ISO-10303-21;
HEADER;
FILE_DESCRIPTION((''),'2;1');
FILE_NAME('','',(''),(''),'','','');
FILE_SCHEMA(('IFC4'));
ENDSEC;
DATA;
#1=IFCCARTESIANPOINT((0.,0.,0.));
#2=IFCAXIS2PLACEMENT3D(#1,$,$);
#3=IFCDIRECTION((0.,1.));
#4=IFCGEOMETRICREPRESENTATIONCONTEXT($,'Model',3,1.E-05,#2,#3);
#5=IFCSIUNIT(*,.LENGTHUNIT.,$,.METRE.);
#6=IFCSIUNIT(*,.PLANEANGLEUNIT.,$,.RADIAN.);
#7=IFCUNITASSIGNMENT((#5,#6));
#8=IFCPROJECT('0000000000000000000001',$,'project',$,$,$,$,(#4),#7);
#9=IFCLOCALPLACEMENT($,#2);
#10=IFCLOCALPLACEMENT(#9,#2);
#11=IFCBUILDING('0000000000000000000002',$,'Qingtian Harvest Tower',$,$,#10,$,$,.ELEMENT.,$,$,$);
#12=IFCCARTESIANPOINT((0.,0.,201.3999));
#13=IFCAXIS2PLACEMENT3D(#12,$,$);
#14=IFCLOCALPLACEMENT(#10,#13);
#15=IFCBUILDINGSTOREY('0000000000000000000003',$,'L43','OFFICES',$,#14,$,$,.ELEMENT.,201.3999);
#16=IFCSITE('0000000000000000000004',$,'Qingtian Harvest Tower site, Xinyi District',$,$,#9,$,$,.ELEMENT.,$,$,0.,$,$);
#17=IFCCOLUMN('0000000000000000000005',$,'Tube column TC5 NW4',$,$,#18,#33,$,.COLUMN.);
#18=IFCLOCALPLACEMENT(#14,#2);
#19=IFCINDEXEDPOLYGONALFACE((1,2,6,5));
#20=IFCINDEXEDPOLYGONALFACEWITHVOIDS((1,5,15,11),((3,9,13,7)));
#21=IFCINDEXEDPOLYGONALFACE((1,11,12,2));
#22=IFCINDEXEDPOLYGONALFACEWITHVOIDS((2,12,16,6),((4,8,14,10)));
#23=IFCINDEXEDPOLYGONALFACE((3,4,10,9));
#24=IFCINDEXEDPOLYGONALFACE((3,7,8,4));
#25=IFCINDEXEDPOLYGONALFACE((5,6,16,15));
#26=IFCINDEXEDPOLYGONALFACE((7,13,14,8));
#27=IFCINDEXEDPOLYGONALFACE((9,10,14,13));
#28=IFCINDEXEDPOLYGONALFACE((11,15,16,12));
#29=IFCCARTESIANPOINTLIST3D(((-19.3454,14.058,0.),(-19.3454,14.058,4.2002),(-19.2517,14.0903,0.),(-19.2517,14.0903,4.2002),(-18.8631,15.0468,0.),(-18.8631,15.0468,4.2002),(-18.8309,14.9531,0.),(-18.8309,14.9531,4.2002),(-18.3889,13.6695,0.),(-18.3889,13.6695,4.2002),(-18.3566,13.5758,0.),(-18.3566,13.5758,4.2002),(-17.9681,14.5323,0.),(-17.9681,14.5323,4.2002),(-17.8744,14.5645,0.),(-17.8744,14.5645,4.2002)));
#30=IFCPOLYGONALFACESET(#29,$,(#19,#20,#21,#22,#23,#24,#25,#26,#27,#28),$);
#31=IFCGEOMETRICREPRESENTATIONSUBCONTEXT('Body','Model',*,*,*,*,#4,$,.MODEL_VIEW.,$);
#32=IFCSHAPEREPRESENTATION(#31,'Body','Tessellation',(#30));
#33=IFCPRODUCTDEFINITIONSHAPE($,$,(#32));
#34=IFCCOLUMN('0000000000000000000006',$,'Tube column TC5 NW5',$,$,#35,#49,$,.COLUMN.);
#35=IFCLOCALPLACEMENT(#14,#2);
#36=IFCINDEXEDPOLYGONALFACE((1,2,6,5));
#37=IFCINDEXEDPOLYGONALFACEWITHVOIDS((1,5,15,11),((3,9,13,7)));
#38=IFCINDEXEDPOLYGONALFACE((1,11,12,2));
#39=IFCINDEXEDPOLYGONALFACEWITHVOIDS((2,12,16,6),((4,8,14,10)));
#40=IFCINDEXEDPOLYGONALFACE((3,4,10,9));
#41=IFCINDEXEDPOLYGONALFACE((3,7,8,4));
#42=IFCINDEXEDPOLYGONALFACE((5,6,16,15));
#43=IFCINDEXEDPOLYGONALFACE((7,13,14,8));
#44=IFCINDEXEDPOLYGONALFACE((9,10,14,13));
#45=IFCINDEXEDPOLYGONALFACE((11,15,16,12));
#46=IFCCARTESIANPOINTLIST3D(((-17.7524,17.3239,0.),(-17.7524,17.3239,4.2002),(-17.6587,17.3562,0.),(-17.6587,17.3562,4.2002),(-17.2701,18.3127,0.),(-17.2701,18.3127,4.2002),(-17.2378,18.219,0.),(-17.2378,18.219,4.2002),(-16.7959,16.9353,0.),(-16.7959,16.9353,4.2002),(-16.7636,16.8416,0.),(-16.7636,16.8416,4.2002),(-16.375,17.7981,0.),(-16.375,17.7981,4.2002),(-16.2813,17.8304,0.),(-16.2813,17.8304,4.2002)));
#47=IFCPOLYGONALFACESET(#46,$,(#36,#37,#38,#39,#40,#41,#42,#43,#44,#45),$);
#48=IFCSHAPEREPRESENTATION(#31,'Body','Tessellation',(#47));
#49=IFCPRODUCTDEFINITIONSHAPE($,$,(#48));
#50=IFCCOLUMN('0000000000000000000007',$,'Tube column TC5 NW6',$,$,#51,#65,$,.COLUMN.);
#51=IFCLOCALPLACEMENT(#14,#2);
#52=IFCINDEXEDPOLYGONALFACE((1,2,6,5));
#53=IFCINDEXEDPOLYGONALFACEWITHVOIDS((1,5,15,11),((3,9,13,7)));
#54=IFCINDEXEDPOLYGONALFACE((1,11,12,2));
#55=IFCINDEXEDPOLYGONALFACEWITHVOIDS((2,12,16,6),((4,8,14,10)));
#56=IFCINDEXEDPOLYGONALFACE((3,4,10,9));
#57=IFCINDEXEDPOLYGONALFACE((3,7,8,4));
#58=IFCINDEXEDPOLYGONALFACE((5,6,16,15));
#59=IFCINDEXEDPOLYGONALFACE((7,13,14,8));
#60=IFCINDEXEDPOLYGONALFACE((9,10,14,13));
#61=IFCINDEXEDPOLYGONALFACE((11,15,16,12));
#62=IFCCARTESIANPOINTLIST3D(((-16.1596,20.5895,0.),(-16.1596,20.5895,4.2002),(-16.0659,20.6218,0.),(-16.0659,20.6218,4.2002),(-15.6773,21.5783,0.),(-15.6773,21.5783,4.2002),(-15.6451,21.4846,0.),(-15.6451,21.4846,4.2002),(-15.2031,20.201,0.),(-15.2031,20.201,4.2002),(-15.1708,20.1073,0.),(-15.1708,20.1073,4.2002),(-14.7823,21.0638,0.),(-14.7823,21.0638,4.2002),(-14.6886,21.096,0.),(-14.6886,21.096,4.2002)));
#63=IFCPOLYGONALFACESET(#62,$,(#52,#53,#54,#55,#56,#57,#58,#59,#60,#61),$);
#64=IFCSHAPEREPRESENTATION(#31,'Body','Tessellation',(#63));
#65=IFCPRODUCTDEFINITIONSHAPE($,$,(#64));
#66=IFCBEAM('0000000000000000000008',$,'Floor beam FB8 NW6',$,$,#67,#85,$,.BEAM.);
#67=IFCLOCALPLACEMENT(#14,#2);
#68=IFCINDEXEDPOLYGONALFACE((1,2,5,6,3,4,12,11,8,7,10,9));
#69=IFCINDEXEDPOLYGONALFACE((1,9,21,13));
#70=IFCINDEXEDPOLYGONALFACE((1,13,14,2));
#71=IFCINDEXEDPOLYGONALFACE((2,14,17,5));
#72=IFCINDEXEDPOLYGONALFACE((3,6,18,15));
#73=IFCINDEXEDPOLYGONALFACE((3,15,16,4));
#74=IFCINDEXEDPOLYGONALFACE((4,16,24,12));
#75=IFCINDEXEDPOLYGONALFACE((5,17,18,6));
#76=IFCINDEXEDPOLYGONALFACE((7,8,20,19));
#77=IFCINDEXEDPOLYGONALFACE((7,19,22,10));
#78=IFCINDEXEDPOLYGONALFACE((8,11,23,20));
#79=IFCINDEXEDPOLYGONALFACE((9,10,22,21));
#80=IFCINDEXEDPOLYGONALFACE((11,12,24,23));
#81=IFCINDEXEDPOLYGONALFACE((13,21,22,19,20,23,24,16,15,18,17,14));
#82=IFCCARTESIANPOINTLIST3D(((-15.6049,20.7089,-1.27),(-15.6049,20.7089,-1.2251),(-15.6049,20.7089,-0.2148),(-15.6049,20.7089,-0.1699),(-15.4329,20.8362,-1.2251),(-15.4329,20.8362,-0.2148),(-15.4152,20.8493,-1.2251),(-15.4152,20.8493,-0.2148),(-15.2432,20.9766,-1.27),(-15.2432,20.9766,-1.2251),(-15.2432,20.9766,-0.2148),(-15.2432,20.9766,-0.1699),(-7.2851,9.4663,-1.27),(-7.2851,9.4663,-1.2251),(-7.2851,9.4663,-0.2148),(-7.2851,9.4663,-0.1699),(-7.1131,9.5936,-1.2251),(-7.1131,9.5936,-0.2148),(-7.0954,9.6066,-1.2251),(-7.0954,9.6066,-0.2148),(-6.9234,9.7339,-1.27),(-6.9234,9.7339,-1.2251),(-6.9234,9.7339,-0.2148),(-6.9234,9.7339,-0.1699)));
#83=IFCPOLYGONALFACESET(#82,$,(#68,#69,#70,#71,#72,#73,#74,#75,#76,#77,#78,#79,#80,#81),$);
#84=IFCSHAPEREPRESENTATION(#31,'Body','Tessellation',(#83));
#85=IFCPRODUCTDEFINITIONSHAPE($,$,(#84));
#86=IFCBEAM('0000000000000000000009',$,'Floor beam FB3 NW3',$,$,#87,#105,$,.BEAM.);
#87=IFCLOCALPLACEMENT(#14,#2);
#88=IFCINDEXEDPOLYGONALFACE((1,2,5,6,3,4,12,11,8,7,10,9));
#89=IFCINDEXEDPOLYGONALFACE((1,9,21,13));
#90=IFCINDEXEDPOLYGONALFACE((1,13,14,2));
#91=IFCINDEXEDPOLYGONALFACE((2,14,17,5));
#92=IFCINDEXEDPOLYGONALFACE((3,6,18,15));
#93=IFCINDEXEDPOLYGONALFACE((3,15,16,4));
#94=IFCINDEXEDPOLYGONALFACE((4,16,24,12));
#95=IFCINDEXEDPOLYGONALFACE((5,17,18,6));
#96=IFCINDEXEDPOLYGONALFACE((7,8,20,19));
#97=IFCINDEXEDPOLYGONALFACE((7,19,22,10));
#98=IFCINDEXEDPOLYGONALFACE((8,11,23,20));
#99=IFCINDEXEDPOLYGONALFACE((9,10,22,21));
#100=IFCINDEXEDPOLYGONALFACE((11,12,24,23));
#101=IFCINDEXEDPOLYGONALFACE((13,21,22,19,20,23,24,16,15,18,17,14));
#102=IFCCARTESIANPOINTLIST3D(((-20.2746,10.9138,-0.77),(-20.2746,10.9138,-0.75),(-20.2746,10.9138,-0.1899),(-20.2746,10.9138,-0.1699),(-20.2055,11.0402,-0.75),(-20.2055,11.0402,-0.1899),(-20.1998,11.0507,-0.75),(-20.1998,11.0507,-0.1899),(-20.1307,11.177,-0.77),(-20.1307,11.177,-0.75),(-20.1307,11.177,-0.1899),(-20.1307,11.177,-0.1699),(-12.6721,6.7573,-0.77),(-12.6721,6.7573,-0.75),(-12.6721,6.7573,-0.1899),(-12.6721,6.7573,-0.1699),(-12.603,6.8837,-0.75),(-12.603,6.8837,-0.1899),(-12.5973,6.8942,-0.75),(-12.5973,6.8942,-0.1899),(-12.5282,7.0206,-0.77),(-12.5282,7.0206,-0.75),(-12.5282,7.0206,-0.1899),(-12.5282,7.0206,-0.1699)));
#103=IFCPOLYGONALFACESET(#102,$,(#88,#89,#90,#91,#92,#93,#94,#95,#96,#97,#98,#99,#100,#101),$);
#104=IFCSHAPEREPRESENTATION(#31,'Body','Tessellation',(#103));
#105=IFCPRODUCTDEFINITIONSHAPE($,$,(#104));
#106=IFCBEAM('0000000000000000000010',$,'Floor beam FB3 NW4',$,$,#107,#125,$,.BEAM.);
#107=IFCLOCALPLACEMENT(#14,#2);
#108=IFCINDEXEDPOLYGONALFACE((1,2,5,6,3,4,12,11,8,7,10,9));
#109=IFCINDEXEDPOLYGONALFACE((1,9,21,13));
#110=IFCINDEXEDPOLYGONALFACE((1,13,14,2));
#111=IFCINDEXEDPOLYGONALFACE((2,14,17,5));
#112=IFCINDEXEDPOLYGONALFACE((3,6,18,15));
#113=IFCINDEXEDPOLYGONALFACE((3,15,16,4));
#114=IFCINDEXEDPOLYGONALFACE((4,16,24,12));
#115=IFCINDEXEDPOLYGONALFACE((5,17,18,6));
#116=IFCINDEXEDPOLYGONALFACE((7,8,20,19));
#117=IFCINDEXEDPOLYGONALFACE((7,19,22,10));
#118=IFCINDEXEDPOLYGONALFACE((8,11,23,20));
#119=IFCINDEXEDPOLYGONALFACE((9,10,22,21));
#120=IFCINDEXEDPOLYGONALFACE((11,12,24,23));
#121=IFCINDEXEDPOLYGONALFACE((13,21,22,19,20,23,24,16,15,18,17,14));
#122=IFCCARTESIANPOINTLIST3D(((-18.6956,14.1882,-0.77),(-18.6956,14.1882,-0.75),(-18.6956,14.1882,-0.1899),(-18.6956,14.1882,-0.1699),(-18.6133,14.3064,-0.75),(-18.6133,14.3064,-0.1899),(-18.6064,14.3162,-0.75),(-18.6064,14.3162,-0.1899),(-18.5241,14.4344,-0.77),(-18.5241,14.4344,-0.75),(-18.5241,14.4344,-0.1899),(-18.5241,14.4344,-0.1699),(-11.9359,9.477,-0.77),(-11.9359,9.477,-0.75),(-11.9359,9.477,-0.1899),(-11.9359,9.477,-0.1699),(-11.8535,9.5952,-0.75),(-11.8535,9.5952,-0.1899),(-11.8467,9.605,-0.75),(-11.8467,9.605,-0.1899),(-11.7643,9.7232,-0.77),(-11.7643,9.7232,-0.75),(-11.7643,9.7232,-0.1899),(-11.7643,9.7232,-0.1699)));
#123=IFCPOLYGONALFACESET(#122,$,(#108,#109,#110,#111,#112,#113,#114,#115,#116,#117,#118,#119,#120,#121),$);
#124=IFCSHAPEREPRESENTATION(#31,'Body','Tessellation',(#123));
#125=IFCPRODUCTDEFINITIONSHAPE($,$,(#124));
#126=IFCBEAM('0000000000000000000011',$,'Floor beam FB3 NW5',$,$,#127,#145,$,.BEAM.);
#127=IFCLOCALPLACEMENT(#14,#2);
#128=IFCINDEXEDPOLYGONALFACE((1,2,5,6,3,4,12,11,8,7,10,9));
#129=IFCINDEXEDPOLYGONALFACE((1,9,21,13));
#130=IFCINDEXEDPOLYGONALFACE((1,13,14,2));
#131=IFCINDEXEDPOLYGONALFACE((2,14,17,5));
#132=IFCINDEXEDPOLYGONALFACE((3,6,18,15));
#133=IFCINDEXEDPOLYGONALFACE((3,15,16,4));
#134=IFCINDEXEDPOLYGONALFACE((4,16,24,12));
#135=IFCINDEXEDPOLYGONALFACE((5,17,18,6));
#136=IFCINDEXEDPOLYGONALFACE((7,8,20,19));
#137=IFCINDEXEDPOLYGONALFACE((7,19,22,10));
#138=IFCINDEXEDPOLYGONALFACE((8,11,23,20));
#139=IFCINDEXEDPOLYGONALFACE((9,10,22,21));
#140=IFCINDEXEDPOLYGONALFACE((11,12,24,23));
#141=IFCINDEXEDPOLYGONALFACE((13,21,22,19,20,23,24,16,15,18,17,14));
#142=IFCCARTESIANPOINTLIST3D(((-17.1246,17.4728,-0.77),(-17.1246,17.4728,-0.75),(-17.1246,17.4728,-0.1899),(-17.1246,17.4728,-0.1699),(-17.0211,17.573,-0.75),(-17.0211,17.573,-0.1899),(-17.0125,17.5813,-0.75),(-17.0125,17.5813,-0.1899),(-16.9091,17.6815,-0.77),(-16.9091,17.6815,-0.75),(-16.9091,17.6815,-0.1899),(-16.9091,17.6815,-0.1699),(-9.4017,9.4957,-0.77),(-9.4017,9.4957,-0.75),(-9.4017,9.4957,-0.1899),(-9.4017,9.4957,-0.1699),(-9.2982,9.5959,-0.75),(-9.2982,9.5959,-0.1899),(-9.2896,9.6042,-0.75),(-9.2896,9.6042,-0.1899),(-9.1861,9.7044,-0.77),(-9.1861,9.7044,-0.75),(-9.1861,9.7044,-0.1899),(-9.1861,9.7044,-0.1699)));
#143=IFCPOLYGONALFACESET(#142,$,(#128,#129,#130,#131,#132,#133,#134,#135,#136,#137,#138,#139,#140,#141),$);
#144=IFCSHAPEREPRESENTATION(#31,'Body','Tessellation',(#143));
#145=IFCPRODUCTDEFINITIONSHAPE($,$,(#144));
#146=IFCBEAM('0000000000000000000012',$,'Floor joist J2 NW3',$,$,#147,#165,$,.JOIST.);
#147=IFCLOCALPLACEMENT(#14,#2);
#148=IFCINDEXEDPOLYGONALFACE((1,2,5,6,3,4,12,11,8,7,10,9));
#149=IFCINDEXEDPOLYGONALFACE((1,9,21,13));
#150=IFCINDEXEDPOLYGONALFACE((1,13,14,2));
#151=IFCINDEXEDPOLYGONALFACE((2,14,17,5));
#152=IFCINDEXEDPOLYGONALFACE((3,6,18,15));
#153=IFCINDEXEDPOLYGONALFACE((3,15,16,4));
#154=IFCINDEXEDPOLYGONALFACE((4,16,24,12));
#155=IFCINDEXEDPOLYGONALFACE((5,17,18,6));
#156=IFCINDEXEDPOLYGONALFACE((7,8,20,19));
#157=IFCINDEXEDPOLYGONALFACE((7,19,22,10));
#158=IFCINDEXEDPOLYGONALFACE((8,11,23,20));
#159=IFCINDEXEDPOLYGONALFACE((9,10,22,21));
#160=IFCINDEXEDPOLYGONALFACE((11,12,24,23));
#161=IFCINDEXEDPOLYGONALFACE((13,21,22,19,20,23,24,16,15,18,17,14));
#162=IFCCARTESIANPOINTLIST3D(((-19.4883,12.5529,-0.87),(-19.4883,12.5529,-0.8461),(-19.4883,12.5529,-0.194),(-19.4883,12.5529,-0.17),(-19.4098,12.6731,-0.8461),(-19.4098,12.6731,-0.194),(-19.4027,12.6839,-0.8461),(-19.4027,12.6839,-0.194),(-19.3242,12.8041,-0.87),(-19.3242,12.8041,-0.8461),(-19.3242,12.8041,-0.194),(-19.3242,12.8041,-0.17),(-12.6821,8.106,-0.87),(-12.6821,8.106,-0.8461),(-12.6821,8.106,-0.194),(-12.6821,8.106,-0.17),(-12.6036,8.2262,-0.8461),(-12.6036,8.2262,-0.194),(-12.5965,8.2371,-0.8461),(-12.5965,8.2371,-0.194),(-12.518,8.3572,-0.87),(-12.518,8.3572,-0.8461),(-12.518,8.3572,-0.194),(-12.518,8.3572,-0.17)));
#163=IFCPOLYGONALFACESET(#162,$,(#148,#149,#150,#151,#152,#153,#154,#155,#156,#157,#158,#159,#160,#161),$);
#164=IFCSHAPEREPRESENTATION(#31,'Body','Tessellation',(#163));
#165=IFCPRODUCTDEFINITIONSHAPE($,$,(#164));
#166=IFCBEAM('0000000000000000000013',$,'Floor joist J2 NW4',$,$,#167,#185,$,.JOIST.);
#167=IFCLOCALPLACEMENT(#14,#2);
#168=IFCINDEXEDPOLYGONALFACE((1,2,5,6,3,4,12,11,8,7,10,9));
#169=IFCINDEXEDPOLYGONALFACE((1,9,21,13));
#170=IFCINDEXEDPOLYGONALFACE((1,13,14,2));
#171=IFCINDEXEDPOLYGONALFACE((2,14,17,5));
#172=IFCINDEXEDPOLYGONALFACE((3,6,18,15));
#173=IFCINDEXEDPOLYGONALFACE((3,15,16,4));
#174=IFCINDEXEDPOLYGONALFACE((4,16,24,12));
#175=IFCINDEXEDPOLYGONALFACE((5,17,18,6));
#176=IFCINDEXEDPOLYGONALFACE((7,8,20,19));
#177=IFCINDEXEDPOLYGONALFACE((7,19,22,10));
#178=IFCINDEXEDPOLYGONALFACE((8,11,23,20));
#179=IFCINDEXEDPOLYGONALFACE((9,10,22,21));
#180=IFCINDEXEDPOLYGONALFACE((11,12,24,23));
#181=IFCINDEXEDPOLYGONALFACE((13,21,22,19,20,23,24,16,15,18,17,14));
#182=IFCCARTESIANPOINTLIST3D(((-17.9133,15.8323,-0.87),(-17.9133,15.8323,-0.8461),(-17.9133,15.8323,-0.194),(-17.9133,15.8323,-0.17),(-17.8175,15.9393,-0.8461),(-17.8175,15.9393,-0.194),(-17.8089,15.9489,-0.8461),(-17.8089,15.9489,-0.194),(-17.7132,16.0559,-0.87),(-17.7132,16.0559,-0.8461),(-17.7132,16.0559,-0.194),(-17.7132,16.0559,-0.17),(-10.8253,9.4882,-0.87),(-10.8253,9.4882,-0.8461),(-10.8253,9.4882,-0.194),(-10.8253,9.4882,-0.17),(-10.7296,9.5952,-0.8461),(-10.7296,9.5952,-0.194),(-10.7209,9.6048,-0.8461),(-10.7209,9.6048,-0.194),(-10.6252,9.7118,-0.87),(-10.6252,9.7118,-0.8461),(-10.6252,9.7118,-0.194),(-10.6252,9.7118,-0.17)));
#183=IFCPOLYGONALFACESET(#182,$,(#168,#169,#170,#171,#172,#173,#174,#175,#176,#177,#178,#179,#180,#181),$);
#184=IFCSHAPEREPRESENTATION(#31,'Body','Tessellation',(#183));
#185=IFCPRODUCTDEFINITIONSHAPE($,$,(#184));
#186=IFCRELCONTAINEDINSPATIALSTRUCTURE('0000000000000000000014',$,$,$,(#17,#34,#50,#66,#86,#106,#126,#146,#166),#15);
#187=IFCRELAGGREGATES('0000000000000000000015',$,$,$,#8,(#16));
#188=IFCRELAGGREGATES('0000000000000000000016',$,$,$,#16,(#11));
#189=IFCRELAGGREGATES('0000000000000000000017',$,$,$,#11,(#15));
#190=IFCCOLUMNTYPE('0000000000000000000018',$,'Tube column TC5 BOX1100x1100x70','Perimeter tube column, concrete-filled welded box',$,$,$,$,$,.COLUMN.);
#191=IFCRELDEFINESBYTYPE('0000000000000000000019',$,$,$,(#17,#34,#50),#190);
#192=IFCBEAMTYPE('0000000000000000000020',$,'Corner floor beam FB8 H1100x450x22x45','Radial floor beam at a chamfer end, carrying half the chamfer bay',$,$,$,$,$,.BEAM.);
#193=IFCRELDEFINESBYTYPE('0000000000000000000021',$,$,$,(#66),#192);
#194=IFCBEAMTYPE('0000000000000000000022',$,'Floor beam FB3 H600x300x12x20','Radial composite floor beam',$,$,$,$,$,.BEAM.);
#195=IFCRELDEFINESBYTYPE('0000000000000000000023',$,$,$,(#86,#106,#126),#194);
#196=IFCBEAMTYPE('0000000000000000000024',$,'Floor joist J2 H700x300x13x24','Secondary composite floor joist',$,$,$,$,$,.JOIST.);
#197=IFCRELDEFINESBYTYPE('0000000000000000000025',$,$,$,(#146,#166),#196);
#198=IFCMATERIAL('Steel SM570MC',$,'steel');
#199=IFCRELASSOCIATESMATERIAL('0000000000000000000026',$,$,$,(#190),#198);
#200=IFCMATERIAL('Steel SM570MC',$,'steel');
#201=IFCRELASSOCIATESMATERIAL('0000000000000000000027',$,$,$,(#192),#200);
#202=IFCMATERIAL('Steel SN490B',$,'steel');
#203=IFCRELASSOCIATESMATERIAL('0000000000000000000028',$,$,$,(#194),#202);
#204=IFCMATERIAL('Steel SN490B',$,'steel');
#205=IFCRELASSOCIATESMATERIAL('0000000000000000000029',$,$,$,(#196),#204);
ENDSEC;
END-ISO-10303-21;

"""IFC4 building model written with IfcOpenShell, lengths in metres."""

from ifc_helpers import new_model, si_unit, direction, frame, origin, origin_2d, place, context, subcontext, project, spatial, hollow_rectangle, i_section, extrude, material, material_profile, profile_set, type_object, element, save


model = new_model("IFC4")

# Units and contexts
model_context = context("Model", 3, precision=1e-05, world=origin(), true_north=direction((0.0, 1.0)))
body_context = subcontext(model_context, "Body", "Model", "MODEL_VIEW")
ifc_project = project(units=[si_unit("LENGTHUNIT", "METRE"), si_unit("PLANEANGLEUNIT", "RADIAN")], contexts=[model_context])

# Site, building, storey
site_placement = place(None, origin())
site = spatial("IfcSite", under=ifc_project, at=site_placement, Name="Qingtian Harvest Tower site, Xinyi District", CompositionType="ELEMENT", RefElevation=0.0)
building_placement = place(site_placement, origin())
building = spatial("IfcBuilding", under=site, at=building_placement, Name="Qingtian Harvest Tower", CompositionType="ELEMENT")
storey_placement = place(building_placement, frame((0.0, 0.0, 201.3999)))
storey = spatial("IfcBuildingStorey", under=building, at=storey_placement, Name="L43", Description="OFFICES", CompositionType="ELEMENT", Elevation=201.3999)

# Columns
ifc_material_1 = material(Name="Steel SM570MC", Category="steel")
ifc_material_profile_1 = material_profile(ifc_material_1, hollow_rectangle(XDim=1.1001, YDim=1.1001, WallThickness=0.0701, at=origin_2d()), Name="BOX1100x1100x70")
ifc_profile_set_1 = profile_set([ifc_material_profile_1], Name="Steel SM570MC")
column_type = type_object("IfcColumnType", Name="Tube column TC5 BOX1100x1100x70", Description="Perimeter tube column, concrete-filled welded box", PredefinedType="COLUMN", material=ifc_profile_set_1)
for number, where, z_axis, x_axis, name in (
    (1, (-18.6099, 14.3113, 0.0), (0.0, 0.0, 1.0), (-0.438371, -0.898794, 0.0), "Tube column TC5 NW4"),
    (2, (-17.0168, 17.5771, 0.0), (0.0, 0.0, 1.0), (-0.438371, -0.898794, 0.0), "Tube column TC5 NW5"),
    (3, (-15.4241, 20.8428, 0.0), (0.0, 0.0, 1.0), (-0.438371, -0.898794, 0.0), "Tube column TC5 NW6"),
):
    element("IfcColumn", number, at=place(storey_placement, frame(where, z_axis=z_axis, x_axis=x_axis)), inside=storey, type_object=column_type, Name=name, PredefinedType="COLUMN", context=body_context, shape_type="SweptSolid", body=[
        extrude(hollow_rectangle(XDim=1.1001, YDim=1.1001, WallThickness=0.0701, at=origin_2d()), origin(), (0.0, 0.0, 1.0), 4.2002),
    ])

# Beams
ifc_material_2 = material(Name="Steel SM570MC", Category="steel")
ifc_material_profile_2 = material_profile(ifc_material_2, i_section(OverallWidth=0.45, OverallDepth=1.1001, WebThickness=0.022, FlangeThickness=0.0449, at=origin_2d()), Name="H1100x450x22x45")
ifc_profile_set_2 = profile_set([ifc_material_profile_2], Name="Steel SM570MC")
beam_type_1 = type_object("IfcBeamType", Name="Corner floor beam FB8 H1100x450x22x45", Description="Radial floor beam at a chamfer end, carrying half the chamfer bay", PredefinedType="BEAM", material=ifc_profile_set_2)
beam_1_placement = place(storey_placement, frame((-15.4241, 20.8428, -0.72), z_axis=(0.594854, -0.803834, 0.0), x_axis=(0.803834, 0.594854, 0.0)))
element("IfcBeam", 4, at=beam_1_placement, inside=storey, type_object=beam_type_1, Name="Floor beam FB8 NW6", PredefinedType="BEAM", context=body_context, shape_type="SweptSolid", body=[
    extrude(i_section(OverallWidth=0.45, OverallDepth=1.1001, WebThickness=0.022, FlangeThickness=0.0449, at=origin_2d()), origin(), (0.0, 0.0, 1.0), 13.9863),
])
ifc_material_3 = material(Name="Steel SN490B", Category="steel")
ifc_material_profile_3 = material_profile(ifc_material_3, i_section(OverallWidth=0.3, OverallDepth=0.6001, WebThickness=0.012, FlangeThickness=0.02, at=origin_2d()), Name="H600x300x12x20")
ifc_profile_set_3 = profile_set([ifc_material_profile_3], Name="Steel SN490B")
beam_type_2 = type_object("IfcBeamType", Name="Floor beam FB3 H600x300x12x20", Description="Radial composite floor beam", PredefinedType="BEAM", material=ifc_profile_set_3)
beam_2_placement = place(storey_placement, frame((-20.2026, 11.0454, -0.47), z_axis=(0.877427, -0.479711, 0.0), x_axis=(0.479711, 0.877427, 0.0)))
element("IfcBeam", 5, at=beam_2_placement, inside=storey, type_object=beam_type_2, Name="Floor beam FB3 NW3", PredefinedType="BEAM", context=body_context, shape_type="SweptSolid", body=[
    extrude(i_section(OverallWidth=0.3, OverallDepth=0.6001, WebThickness=0.012, FlangeThickness=0.02, at=origin_2d()), origin(), (0.0, 0.0, 1.0), 8.6646),
])
beam_3_placement = place(storey_placement, frame((-18.6099, 14.3113, -0.47), z_axis=(0.820408, -0.571779, 0.0), x_axis=(0.571779, 0.820408, 0.0)))
element("IfcBeam", 6, at=beam_3_placement, inside=storey, type_object=beam_type_2, Name="Floor beam FB3 NW4", PredefinedType="BEAM", context=body_context, shape_type="SweptSolid", body=[
    extrude(i_section(OverallWidth=0.3, OverallDepth=0.6001, WebThickness=0.012, FlangeThickness=0.02, at=origin_2d()), origin(), (0.0, 0.0, 1.0), 8.2395),
])
beam_4_placement = place(storey_placement, frame((-17.0168, 17.5771, -0.47), z_axis=(0.695569, -0.718459, 0.0), x_axis=(0.718459, 0.695569, 0.0)))
element("IfcBeam", 7, at=beam_4_placement, inside=storey, type_object=beam_type_2, Name="Floor beam FB3 NW5", PredefinedType="BEAM", context=body_context, shape_type="SweptSolid", body=[
    extrude(i_section(OverallWidth=0.3, OverallDepth=0.6001, WebThickness=0.012, FlangeThickness=0.02, at=origin_2d()), origin(), (0.0, 0.0, 1.0), 11.103),
])
ifc_material_4 = material(Name="Steel SN490B", Category="steel")
ifc_material_profile_4 = material_profile(ifc_material_4, i_section(OverallWidth=0.3, OverallDepth=0.7, WebThickness=0.0129, FlangeThickness=0.0239, at=origin_2d()), Name="H700x300x13x24")
ifc_profile_set_4 = profile_set([ifc_material_profile_4], Name="Steel SN490B")
beam_type_3 = type_object("IfcBeamType", Name="Floor joist J2 H700x300x13x24", Description="Secondary composite floor joist", PredefinedType="JOIST", material=ifc_profile_set_4)
beam_5_placement = place(storey_placement, frame((-19.4062, 12.6785, -0.52), z_axis=(0.837161, -0.546956, 0.0), x_axis=(0.546956, 0.837161, 0.0)))
element("IfcBeam", 8, at=beam_5_placement, inside=storey, type_object=beam_type_3, Name="Floor joist J2 NW3", PredefinedType="JOIST", context=body_context, shape_type="SweptSolid", body=[
    extrude(i_section(OverallWidth=0.3, OverallDepth=0.7, WebThickness=0.0129, FlangeThickness=0.0239, at=origin_2d()), origin(), (0.0, 0.0, 1.0), 8.1301),
])
beam_6_placement = place(storey_placement, frame((-17.8132, 15.9441, -0.52), z_axis=(0.745127, -0.666923, 0.0), x_axis=(0.666923, 0.745127, 0.0)))
element("IfcBeam", 9, at=beam_6_placement, inside=storey, type_object=beam_type_3, Name="Floor joist J2 NW4", PredefinedType="JOIST", context=body_context, shape_type="SweptSolid", body=[
    extrude(i_section(OverallWidth=0.3, OverallDepth=0.7, WebThickness=0.0129, FlangeThickness=0.0239, at=origin_2d()), origin(), (0.0, 0.0, 1.0), 9.5125),
])

save(model, "model.ifc")
